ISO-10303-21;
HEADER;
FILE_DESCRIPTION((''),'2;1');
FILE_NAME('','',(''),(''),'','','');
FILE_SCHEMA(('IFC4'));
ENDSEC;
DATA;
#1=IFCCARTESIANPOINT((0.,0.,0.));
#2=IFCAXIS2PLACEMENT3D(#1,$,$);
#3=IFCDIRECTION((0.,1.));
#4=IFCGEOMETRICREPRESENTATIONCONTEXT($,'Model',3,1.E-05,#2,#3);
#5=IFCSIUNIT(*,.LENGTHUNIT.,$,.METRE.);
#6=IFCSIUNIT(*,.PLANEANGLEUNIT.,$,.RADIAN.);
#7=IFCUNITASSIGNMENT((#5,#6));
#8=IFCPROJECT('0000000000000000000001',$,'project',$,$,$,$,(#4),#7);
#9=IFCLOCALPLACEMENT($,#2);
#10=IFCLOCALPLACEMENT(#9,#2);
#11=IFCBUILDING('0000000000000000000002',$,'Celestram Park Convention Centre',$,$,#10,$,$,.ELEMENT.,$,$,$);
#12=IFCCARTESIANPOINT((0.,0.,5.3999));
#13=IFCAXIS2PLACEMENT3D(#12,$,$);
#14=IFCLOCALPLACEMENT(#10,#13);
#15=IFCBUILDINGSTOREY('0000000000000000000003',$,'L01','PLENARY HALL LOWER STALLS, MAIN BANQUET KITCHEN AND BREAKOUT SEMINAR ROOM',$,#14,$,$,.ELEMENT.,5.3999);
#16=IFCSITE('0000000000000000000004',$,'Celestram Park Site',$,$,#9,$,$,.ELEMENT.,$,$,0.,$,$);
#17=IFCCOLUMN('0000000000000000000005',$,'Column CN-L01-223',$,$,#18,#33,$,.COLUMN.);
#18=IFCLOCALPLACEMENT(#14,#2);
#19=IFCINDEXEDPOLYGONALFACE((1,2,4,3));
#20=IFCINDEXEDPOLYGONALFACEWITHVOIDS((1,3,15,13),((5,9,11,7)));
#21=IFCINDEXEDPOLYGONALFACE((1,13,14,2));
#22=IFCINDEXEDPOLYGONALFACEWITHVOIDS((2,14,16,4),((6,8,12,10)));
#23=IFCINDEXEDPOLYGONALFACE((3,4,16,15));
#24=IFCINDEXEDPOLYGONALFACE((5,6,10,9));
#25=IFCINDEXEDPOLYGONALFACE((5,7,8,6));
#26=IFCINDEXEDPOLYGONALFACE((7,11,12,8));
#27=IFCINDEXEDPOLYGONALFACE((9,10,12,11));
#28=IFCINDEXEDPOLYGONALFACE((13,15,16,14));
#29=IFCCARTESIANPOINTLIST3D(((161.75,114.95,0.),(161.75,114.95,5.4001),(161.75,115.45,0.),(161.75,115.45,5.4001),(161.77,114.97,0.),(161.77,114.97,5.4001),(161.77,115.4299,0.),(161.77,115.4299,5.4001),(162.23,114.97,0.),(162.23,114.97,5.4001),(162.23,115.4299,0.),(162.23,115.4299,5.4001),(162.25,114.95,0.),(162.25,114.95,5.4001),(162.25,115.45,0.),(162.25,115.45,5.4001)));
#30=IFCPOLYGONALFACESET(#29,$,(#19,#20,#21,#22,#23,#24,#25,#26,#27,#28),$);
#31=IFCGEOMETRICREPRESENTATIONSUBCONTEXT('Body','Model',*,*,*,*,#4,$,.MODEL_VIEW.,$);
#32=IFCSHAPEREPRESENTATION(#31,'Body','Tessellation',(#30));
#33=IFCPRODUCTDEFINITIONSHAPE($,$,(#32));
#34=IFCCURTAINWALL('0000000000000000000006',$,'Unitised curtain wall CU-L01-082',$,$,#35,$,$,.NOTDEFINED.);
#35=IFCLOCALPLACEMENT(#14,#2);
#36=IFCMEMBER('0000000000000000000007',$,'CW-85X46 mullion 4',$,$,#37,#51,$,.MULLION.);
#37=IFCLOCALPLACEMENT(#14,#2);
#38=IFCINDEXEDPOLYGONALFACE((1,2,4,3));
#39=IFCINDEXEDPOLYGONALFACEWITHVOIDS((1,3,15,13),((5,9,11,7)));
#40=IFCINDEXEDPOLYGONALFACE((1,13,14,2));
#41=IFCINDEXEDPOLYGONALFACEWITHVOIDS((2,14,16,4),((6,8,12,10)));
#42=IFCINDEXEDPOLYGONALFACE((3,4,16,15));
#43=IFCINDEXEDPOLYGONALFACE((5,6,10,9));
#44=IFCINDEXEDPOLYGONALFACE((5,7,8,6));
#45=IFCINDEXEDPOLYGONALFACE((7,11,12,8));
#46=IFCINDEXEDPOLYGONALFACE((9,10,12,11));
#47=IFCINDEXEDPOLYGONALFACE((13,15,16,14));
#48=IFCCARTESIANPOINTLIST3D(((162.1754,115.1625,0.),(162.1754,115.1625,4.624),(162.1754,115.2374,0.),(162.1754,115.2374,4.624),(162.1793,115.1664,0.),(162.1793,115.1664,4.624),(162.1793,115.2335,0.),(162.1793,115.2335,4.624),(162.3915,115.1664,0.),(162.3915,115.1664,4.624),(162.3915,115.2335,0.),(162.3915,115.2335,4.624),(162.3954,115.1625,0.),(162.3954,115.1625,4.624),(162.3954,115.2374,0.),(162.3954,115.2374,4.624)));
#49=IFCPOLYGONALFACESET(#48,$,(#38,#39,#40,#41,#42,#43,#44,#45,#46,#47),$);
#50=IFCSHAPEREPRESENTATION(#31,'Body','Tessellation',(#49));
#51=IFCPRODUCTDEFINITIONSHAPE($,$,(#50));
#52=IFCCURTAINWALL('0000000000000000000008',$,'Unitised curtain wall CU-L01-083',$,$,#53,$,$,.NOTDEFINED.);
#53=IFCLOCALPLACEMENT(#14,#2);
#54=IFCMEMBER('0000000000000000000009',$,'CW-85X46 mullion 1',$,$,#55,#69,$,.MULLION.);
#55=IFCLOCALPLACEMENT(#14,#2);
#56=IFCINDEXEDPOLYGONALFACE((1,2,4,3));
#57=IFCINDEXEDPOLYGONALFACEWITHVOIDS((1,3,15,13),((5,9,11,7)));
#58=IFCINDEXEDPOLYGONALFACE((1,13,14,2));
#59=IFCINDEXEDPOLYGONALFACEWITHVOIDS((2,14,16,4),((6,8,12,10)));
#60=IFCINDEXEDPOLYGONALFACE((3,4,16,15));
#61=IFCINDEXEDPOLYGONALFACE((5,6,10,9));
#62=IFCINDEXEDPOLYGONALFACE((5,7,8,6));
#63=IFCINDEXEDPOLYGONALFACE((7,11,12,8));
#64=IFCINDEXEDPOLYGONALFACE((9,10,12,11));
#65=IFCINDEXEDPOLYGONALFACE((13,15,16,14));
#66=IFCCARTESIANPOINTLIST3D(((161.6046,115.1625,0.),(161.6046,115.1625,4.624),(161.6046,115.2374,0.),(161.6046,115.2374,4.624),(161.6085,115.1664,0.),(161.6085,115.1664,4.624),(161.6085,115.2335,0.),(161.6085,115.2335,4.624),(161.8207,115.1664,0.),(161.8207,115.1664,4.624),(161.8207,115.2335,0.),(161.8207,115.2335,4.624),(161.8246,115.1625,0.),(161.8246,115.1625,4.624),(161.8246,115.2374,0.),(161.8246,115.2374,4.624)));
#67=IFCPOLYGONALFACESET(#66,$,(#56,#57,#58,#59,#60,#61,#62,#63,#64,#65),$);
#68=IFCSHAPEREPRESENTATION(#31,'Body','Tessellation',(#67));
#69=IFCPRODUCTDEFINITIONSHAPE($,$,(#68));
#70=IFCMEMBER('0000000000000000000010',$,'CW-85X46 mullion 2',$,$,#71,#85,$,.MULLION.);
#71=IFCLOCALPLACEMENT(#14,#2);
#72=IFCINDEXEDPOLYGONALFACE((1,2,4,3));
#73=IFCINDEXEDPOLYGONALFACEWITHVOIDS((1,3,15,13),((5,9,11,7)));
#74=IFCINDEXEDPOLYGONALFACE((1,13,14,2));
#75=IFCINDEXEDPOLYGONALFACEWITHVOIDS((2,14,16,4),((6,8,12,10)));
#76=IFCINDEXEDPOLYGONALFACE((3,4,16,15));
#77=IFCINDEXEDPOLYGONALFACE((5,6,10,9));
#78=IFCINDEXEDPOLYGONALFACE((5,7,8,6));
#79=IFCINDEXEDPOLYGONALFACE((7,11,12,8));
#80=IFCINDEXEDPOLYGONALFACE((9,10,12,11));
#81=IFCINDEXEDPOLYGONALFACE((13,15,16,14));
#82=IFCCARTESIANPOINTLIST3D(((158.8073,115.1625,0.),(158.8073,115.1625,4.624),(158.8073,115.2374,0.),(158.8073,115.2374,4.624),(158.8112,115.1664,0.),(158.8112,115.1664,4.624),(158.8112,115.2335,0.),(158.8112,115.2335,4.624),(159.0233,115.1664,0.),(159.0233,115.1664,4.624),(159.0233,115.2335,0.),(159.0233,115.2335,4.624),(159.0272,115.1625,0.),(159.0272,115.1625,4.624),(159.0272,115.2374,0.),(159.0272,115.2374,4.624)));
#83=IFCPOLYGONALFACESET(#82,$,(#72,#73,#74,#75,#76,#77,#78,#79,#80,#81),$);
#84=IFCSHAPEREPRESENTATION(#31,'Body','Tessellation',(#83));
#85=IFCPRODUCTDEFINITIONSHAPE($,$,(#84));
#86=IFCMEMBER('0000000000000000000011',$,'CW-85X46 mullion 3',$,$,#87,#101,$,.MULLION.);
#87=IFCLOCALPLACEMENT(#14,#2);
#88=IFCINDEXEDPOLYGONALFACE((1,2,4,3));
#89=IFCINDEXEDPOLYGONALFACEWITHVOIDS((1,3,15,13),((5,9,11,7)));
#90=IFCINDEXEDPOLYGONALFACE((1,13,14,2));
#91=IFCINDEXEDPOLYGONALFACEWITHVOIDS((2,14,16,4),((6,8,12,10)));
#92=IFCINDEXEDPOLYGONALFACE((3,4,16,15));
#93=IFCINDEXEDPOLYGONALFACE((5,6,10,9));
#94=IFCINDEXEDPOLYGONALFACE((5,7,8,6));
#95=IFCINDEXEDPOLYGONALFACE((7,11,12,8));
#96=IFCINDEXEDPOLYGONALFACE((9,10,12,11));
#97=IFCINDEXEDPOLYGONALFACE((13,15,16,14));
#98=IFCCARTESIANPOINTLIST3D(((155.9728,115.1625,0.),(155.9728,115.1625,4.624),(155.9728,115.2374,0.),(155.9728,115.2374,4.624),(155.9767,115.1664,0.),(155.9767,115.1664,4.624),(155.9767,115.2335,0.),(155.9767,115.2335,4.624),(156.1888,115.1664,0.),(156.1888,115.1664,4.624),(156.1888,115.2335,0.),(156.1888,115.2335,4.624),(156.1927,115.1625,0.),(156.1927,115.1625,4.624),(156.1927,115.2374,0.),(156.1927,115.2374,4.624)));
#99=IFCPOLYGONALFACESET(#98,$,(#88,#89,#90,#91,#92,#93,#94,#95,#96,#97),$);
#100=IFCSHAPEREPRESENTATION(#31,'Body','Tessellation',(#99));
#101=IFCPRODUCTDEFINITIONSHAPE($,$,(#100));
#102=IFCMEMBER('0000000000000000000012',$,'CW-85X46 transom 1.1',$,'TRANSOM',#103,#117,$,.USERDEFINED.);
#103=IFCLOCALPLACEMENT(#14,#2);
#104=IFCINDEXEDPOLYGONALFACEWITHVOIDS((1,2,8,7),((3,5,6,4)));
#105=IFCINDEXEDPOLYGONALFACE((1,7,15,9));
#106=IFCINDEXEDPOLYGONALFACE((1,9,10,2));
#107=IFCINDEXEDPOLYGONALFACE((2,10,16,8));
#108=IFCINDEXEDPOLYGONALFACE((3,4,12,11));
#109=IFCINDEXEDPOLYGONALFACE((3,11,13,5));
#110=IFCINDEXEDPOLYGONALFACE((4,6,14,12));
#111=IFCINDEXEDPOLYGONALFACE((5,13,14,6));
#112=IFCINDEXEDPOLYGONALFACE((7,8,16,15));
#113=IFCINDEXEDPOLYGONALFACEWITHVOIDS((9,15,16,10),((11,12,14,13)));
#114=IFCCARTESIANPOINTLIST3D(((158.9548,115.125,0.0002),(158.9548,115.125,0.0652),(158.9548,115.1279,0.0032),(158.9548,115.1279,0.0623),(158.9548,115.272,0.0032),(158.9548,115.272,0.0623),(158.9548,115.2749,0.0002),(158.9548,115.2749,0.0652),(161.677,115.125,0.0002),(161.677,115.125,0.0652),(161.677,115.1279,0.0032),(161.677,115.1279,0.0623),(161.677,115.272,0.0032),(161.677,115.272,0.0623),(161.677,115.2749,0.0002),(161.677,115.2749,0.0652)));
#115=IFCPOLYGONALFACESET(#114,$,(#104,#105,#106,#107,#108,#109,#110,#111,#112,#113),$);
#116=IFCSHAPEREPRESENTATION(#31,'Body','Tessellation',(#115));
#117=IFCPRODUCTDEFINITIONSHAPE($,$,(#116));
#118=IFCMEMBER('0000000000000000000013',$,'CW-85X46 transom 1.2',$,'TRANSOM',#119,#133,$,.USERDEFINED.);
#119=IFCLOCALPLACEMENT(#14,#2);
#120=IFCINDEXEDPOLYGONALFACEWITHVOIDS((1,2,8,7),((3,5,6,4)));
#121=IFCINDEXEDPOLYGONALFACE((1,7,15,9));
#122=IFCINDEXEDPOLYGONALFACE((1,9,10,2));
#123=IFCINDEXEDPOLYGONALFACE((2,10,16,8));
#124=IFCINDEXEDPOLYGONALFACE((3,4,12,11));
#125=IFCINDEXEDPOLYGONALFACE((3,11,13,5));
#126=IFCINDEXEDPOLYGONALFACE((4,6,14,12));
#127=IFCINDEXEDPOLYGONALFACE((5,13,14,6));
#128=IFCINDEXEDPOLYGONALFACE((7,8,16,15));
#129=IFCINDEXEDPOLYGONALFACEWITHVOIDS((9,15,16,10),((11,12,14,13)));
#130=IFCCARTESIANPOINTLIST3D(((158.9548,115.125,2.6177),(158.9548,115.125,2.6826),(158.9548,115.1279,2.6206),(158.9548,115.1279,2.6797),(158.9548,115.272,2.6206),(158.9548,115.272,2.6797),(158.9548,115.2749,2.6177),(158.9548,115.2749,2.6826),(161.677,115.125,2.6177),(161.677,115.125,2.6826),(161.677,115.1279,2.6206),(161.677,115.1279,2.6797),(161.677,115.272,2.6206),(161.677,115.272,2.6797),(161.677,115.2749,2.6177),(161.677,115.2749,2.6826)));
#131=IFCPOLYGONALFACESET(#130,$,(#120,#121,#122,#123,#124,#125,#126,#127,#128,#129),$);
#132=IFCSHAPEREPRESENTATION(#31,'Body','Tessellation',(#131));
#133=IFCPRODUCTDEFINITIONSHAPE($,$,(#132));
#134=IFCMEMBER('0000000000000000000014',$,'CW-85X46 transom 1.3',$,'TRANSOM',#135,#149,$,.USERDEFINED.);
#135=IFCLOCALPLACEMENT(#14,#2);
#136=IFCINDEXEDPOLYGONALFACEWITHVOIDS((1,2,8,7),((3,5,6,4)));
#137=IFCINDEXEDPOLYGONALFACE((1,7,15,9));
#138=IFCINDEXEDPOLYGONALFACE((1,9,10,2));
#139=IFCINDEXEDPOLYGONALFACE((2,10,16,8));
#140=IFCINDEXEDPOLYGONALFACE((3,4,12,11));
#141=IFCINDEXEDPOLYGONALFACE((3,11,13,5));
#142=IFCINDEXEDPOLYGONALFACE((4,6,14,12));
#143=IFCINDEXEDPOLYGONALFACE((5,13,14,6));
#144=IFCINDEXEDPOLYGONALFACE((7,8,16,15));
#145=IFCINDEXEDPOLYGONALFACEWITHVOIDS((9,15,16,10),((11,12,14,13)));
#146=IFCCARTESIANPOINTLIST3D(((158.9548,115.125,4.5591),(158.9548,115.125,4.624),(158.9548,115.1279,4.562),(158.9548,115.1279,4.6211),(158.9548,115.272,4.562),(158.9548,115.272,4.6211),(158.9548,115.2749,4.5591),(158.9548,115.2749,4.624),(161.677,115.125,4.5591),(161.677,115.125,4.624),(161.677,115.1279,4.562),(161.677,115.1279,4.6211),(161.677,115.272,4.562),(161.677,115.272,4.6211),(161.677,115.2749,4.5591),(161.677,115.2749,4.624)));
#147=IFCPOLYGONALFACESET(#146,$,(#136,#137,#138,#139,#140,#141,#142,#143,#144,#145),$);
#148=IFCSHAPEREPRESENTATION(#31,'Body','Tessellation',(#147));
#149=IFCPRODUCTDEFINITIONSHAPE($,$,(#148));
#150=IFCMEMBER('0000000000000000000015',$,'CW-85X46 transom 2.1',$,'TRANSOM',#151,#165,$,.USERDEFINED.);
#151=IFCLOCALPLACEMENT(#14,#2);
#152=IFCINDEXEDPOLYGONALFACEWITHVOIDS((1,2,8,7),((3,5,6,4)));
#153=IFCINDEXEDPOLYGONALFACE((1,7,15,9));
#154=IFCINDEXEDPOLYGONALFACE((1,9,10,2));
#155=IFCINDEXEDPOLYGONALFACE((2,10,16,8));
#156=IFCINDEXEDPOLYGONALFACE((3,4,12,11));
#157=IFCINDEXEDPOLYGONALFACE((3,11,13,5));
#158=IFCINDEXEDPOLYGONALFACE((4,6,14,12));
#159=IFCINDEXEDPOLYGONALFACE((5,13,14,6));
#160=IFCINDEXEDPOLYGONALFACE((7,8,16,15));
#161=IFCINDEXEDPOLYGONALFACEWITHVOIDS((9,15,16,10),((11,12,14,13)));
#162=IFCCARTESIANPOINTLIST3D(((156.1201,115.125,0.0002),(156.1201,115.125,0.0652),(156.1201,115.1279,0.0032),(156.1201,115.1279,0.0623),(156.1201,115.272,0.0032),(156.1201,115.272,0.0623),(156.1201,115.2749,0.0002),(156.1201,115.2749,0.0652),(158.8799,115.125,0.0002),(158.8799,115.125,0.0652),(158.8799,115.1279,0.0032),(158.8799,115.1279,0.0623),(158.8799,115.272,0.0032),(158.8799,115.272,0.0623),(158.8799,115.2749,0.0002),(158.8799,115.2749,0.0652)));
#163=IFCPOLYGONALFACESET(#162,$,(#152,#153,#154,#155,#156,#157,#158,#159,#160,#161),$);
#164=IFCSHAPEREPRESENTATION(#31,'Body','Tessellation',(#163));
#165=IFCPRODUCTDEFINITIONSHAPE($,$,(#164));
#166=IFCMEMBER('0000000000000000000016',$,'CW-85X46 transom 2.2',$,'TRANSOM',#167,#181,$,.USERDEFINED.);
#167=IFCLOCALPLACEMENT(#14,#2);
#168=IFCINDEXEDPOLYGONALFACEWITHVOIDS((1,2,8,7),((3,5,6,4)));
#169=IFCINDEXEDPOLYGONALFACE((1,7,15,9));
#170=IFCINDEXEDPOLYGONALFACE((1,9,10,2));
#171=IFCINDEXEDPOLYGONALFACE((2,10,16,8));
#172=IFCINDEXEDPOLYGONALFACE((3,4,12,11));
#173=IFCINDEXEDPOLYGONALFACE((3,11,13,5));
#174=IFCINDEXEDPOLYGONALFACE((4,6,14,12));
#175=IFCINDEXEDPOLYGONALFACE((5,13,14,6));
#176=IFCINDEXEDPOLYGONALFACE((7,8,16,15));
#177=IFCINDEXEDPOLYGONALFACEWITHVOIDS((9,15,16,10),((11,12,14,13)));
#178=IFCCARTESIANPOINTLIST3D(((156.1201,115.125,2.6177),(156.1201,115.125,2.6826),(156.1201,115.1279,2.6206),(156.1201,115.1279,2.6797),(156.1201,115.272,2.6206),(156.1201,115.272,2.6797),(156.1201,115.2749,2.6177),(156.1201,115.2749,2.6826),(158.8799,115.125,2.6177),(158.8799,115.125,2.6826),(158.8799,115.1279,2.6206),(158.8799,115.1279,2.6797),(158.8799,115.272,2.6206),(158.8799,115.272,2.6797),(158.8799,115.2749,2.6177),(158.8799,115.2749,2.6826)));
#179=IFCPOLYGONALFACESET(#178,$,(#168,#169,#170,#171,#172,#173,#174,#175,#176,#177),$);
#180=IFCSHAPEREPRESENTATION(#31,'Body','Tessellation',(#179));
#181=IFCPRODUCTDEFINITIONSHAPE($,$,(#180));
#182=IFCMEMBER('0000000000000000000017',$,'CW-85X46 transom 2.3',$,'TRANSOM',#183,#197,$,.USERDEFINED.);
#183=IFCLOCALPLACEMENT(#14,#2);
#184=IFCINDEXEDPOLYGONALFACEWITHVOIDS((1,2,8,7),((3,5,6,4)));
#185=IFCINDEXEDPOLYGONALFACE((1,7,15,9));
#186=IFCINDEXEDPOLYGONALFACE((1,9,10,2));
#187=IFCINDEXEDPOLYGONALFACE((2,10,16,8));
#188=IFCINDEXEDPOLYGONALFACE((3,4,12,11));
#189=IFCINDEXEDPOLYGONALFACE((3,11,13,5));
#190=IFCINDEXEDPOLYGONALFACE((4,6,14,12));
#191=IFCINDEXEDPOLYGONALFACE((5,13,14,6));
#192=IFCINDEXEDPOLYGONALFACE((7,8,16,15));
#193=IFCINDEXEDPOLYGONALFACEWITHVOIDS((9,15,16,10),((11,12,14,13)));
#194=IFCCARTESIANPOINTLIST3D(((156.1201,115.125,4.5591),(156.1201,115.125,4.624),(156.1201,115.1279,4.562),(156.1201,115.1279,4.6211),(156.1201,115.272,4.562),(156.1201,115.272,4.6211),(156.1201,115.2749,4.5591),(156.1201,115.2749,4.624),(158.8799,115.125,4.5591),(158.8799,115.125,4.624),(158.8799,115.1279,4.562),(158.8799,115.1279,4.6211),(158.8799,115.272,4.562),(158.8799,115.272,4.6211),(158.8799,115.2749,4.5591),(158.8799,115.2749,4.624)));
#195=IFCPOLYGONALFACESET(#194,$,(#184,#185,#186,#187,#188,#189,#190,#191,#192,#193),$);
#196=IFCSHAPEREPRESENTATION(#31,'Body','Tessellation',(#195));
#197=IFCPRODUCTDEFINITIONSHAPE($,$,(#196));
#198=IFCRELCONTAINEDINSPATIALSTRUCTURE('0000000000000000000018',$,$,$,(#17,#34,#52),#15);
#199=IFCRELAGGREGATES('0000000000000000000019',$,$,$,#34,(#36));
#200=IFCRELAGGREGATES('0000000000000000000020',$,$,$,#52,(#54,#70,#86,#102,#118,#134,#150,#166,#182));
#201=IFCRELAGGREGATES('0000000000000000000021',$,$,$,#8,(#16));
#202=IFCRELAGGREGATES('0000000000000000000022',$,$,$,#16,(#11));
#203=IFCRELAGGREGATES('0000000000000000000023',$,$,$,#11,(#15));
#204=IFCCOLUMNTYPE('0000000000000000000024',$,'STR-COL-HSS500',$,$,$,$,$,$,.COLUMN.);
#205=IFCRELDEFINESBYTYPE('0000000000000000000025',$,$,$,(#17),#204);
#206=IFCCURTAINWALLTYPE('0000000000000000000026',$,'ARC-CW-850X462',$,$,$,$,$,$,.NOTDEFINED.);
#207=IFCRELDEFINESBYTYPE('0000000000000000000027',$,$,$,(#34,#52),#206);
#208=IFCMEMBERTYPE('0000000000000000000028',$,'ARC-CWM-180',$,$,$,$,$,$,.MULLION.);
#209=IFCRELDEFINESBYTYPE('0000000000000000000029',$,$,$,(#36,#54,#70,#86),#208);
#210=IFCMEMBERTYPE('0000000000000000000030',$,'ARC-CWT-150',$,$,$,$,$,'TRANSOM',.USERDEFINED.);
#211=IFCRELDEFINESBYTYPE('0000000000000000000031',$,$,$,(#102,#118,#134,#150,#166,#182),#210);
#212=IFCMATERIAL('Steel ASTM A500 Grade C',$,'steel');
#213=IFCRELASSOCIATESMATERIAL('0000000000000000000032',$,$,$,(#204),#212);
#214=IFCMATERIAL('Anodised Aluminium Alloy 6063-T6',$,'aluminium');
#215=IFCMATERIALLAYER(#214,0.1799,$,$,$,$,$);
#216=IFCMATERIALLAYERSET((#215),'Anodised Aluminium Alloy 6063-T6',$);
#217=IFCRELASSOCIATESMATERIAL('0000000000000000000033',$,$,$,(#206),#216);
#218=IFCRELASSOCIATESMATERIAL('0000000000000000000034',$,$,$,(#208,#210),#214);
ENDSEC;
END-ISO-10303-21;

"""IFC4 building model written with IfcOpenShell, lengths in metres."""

from ifc_helpers import new_model, si_unit, direction, frame, origin, origin_2d, place, context, subcontext, project, spatial, hollow_rectangle, extrude, material, layer, layer_set, material_profile, profile_set, type_object, element, aggregate, save


model = new_model("IFC4")

# Units and contexts
model_context = context("Model", 3, precision=1e-05, world=origin(), true_north=direction((0.0, 1.0)))
body_context = subcontext(model_context, "Body", "Model", "MODEL_VIEW")
ifc_project = project(units=[si_unit("LENGTHUNIT", "METRE"), si_unit("PLANEANGLEUNIT", "RADIAN")], contexts=[model_context])

# Site, building, storey
site_placement = place(None, origin())
site = spatial("IfcSite", under=ifc_project, at=site_placement, Name="Celestram Park Site", CompositionType="ELEMENT", RefElevation=0.0)
building_placement = place(site_placement, origin())
building = spatial("IfcBuilding", under=site, at=building_placement, Name="Celestram Park Convention Centre", CompositionType="ELEMENT")
storey_placement = place(building_placement, frame((0.0, 0.0, 5.3999)))
storey = spatial("IfcBuildingStorey", under=building, at=storey_placement, Name="L01", Description="PLENARY HALL LOWER STALLS, MAIN BANQUET KITCHEN AND BREAKOUT SEMINAR ROOM", CompositionType="ELEMENT", Elevation=5.3999)

# Column
ifc_material_1 = material(Name="Steel ASTM A500 Grade C", Category="steel")
ifc_material_profile_1 = material_profile(ifc_material_1, hollow_rectangle(XDim=0.5, YDim=0.5, WallThickness=0.02, at=origin_2d()), Name="HSS500X500X20")
ifc_profile_set_1 = profile_set([ifc_material_profile_1], Name="Steel ASTM A500 Grade C")
column_type = type_object("IfcColumnType", Name="STR-COL-HSS500", PredefinedType="COLUMN", material=ifc_profile_set_1)
column_placement = place(storey_placement, frame((162.0, 115.2, 0.0), z_axis=(0.0, 0.0, 1.0), x_axis=(1.0, 0.0, 0.0)))
element("IfcColumn", 1, at=column_placement, inside=storey, type_object=column_type, Name="Column CN-L01-223", PredefinedType="COLUMN", context=body_context, shape_type="SweptSolid", body=[
    extrude(hollow_rectangle(XDim=0.5, YDim=0.5, WallThickness=0.02, at=origin_2d()), origin(), (0.0, 0.0, 1.0), 5.4001),
])

# Curtain wall, member
ifc_material_2 = material(Name="Anodised Aluminium Alloy 6063-T6", Category="aluminium")
ifc_layer_1 = layer(ifc_material_2, 0.1799)
ifc_layer_set_1 = layer_set([ifc_layer_1], Name="Anodised Aluminium Alloy 6063-T6")
curtain_wall_type = type_object("IfcCurtainWallType", Name="ARC-CW-850X462", PredefinedType="NOTDEFINED", material=ifc_layer_set_1)
curtain_wall_1_placement = place(storey_placement, origin())
curtain_wall_1 = element("IfcCurtainWall", 2, at=curtain_wall_1_placement, inside=storey, type_object=curtain_wall_type, Name="Unitised curtain wall CU-L01-082", PredefinedType="NOTDEFINED")
ifc_material_profile_2 = material_profile(ifc_material_2, hollow_rectangle(XDim=0.075, YDim=0.22, WallThickness=0.0039, at=origin_2d()), Name="ALU75X220X4")
ifc_profile_set_2 = profile_set([ifc_material_profile_2], Name="Anodised Aluminium Alloy 6063-T6")
member_type_1 = type_object("IfcMemberType", Name="ARC-CWM-180", PredefinedType="MULLION", material=ifc_profile_set_2)
member_1_placement = place(storey_placement, frame((162.2854, 115.2, 0.0), z_axis=(0.0, 0.0, 1.0), x_axis=(0.0, -1.0, 0.0)))
member_1 = element("IfcMember", 3, at=member_1_placement, type_object=member_type_1, Name="CW-85X46 mullion 4", PredefinedType="MULLION", context=body_context, shape_type="SweptSolid", body=[
    extrude(hollow_rectangle(XDim=0.075, YDim=0.22, WallThickness=0.0039, at=origin_2d()), origin(), (0.0, 0.0, 1.0), 4.624),
])
aggregate(curtain_wall_1, [member_1])

# Curtain wall, members
curtain_wall_2_placement = place(storey_placement, origin())
curtain_wall_2 = element("IfcCurtainWall", 4, at=curtain_wall_2_placement, inside=storey, type_object=curtain_wall_type, Name="Unitised curtain wall CU-L01-083", PredefinedType="NOTDEFINED")
member_2_placement = place(storey_placement, frame((161.7146, 115.2, 0.0), z_axis=(0.0, 0.0, 1.0), x_axis=(0.0, -1.0, 0.0)))
member_2 = element("IfcMember", 5, at=member_2_placement, type_object=member_type_1, Name="CW-85X46 mullion 1", PredefinedType="MULLION", context=body_context, shape_type="SweptSolid", body=[
    extrude(hollow_rectangle(XDim=0.075, YDim=0.22, WallThickness=0.0039, at=origin_2d()), origin(), (0.0, 0.0, 1.0), 4.624),
])
member_3_placement = place(storey_placement, frame((158.9172, 115.2, 0.0), z_axis=(0.0, 0.0, 1.0), x_axis=(0.0, -1.0, 0.0)))
member_3 = element("IfcMember", 6, at=member_3_placement, type_object=member_type_1, Name="CW-85X46 mullion 2", PredefinedType="MULLION", context=body_context, shape_type="SweptSolid", body=[
    extrude(hollow_rectangle(XDim=0.075, YDim=0.22, WallThickness=0.0039, at=origin_2d()), origin(), (0.0, 0.0, 1.0), 4.624),
])
member_4_placement = place(storey_placement, frame((156.0828, 115.2, 0.0), z_axis=(0.0, 0.0, 1.0), x_axis=(0.0, -1.0, 0.0)))
member_4 = element("IfcMember", 7, at=member_4_placement, type_object=member_type_1, Name="CW-85X46 mullion 3", PredefinedType="MULLION", context=body_context, shape_type="SweptSolid", body=[
    extrude(hollow_rectangle(XDim=0.075, YDim=0.22, WallThickness=0.0039, at=origin_2d()), origin(), (0.0, 0.0, 1.0), 4.624),
])
ifc_material_profile_3 = material_profile(ifc_material_2, hollow_rectangle(XDim=0.1499, YDim=0.0649, WallThickness=0.0029, at=origin_2d()), Name="ALU150X65X3")
ifc_profile_set_3 = profile_set([ifc_material_profile_3], Name="Anodised Aluminium Alloy 6063-T6")
member_type_2 = type_object("IfcMemberType", Name="ARC-CWT-150", ElementType="TRANSOM", PredefinedType="USERDEFINED", material=ifc_profile_set_3)
member_5_placement = place(storey_placement, frame((161.677, 115.2, 0.0327), z_axis=(-1.0, 0.0, 0.0), x_axis=(0.0, -1.0, 0.0)))
member_5 = element("IfcMember", 8, at=member_5_placement, type_object=member_type_2, Name="CW-85X46 transom 1.1", ObjectType="TRANSOM", PredefinedType="USERDEFINED", context=body_context, shape_type="SweptSolid", body=[
    extrude(hollow_rectangle(XDim=0.1499, YDim=0.0649, WallThickness=0.0029, at=origin_2d()), origin(), (0.0, 0.0, 1.0), 2.7222),
])
member_6_placement = place(storey_placement, frame((161.677, 115.2, 2.6501), z_axis=(-1.0, 0.0, 0.0), x_axis=(0.0, -1.0, 0.0)))
member_6 = element("IfcMember", 9, at=member_6_placement, type_object=member_type_2, Name="CW-85X46 transom 1.2", ObjectType="TRANSOM", PredefinedType="USERDEFINED", context=body_context, shape_type="SweptSolid", body=[
    extrude(hollow_rectangle(XDim=0.1499, YDim=0.0649, WallThickness=0.0029, at=origin_2d()), origin(), (0.0, 0.0, 1.0), 2.7222),
])
member_7_placement = place(storey_placement, frame((161.677, 115.2, 4.5916), z_axis=(-1.0, 0.0, 0.0), x_axis=(0.0, -1.0, 0.0)))
member_7 = element("IfcMember", 10, at=member_7_placement, type_object=member_type_2, Name="CW-85X46 transom 1.3", ObjectType="TRANSOM", PredefinedType="USERDEFINED", context=body_context, shape_type="SweptSolid", body=[
    extrude(hollow_rectangle(XDim=0.1499, YDim=0.0649, WallThickness=0.0029, at=origin_2d()), origin(), (0.0, 0.0, 1.0), 2.7222),
])
member_8_placement = place(storey_placement, frame((158.8799, 115.2, 0.0327), z_axis=(-1.0, 0.0, 0.0), x_axis=(0.0, -1.0, 0.0)))
member_8 = element("IfcMember", 11, at=member_8_placement, type_object=member_type_2, Name="CW-85X46 transom 2.1", ObjectType="TRANSOM", PredefinedType="USERDEFINED", context=body_context, shape_type="SweptSolid", body=[
    extrude(hollow_rectangle(XDim=0.1499, YDim=0.0649, WallThickness=0.0029, at=origin_2d()), origin(), (0.0, 0.0, 1.0), 2.7598),
])
member_9_placement = place(storey_placement, frame((158.8799, 115.2, 2.6501), z_axis=(-1.0, 0.0, 0.0), x_axis=(0.0, -1.0, 0.0)))
member_9 = element("IfcMember", 12, at=member_9_placement, type_object=member_type_2, Name="CW-85X46 transom 2.2", ObjectType="TRANSOM", PredefinedType="USERDEFINED", context=body_context, shape_type="SweptSolid", body=[
    extrude(hollow_rectangle(XDim=0.1499, YDim=0.0649, WallThickness=0.0029, at=origin_2d()), origin(), (0.0, 0.0, 1.0), 2.7598),
])
member_10_placement = place(storey_placement, frame((158.8799, 115.2, 4.5916), z_axis=(-1.0, 0.0, 0.0), x_axis=(0.0, -1.0, 0.0)))
member_10 = element("IfcMember", 13, at=member_10_placement, type_object=member_type_2, Name="CW-85X46 transom 2.3", ObjectType="TRANSOM", PredefinedType="USERDEFINED", context=body_context, shape_type="SweptSolid", body=[
    extrude(hollow_rectangle(XDim=0.1499, YDim=0.0649, WallThickness=0.0029, at=origin_2d()), origin(), (0.0, 0.0, 1.0), 2.7598),
])

aggregate(curtain_wall_2, [member_2, member_3, member_4, member_5, member_6, member_7, member_8, member_9, member_10])

save(model, "model.ifc")
